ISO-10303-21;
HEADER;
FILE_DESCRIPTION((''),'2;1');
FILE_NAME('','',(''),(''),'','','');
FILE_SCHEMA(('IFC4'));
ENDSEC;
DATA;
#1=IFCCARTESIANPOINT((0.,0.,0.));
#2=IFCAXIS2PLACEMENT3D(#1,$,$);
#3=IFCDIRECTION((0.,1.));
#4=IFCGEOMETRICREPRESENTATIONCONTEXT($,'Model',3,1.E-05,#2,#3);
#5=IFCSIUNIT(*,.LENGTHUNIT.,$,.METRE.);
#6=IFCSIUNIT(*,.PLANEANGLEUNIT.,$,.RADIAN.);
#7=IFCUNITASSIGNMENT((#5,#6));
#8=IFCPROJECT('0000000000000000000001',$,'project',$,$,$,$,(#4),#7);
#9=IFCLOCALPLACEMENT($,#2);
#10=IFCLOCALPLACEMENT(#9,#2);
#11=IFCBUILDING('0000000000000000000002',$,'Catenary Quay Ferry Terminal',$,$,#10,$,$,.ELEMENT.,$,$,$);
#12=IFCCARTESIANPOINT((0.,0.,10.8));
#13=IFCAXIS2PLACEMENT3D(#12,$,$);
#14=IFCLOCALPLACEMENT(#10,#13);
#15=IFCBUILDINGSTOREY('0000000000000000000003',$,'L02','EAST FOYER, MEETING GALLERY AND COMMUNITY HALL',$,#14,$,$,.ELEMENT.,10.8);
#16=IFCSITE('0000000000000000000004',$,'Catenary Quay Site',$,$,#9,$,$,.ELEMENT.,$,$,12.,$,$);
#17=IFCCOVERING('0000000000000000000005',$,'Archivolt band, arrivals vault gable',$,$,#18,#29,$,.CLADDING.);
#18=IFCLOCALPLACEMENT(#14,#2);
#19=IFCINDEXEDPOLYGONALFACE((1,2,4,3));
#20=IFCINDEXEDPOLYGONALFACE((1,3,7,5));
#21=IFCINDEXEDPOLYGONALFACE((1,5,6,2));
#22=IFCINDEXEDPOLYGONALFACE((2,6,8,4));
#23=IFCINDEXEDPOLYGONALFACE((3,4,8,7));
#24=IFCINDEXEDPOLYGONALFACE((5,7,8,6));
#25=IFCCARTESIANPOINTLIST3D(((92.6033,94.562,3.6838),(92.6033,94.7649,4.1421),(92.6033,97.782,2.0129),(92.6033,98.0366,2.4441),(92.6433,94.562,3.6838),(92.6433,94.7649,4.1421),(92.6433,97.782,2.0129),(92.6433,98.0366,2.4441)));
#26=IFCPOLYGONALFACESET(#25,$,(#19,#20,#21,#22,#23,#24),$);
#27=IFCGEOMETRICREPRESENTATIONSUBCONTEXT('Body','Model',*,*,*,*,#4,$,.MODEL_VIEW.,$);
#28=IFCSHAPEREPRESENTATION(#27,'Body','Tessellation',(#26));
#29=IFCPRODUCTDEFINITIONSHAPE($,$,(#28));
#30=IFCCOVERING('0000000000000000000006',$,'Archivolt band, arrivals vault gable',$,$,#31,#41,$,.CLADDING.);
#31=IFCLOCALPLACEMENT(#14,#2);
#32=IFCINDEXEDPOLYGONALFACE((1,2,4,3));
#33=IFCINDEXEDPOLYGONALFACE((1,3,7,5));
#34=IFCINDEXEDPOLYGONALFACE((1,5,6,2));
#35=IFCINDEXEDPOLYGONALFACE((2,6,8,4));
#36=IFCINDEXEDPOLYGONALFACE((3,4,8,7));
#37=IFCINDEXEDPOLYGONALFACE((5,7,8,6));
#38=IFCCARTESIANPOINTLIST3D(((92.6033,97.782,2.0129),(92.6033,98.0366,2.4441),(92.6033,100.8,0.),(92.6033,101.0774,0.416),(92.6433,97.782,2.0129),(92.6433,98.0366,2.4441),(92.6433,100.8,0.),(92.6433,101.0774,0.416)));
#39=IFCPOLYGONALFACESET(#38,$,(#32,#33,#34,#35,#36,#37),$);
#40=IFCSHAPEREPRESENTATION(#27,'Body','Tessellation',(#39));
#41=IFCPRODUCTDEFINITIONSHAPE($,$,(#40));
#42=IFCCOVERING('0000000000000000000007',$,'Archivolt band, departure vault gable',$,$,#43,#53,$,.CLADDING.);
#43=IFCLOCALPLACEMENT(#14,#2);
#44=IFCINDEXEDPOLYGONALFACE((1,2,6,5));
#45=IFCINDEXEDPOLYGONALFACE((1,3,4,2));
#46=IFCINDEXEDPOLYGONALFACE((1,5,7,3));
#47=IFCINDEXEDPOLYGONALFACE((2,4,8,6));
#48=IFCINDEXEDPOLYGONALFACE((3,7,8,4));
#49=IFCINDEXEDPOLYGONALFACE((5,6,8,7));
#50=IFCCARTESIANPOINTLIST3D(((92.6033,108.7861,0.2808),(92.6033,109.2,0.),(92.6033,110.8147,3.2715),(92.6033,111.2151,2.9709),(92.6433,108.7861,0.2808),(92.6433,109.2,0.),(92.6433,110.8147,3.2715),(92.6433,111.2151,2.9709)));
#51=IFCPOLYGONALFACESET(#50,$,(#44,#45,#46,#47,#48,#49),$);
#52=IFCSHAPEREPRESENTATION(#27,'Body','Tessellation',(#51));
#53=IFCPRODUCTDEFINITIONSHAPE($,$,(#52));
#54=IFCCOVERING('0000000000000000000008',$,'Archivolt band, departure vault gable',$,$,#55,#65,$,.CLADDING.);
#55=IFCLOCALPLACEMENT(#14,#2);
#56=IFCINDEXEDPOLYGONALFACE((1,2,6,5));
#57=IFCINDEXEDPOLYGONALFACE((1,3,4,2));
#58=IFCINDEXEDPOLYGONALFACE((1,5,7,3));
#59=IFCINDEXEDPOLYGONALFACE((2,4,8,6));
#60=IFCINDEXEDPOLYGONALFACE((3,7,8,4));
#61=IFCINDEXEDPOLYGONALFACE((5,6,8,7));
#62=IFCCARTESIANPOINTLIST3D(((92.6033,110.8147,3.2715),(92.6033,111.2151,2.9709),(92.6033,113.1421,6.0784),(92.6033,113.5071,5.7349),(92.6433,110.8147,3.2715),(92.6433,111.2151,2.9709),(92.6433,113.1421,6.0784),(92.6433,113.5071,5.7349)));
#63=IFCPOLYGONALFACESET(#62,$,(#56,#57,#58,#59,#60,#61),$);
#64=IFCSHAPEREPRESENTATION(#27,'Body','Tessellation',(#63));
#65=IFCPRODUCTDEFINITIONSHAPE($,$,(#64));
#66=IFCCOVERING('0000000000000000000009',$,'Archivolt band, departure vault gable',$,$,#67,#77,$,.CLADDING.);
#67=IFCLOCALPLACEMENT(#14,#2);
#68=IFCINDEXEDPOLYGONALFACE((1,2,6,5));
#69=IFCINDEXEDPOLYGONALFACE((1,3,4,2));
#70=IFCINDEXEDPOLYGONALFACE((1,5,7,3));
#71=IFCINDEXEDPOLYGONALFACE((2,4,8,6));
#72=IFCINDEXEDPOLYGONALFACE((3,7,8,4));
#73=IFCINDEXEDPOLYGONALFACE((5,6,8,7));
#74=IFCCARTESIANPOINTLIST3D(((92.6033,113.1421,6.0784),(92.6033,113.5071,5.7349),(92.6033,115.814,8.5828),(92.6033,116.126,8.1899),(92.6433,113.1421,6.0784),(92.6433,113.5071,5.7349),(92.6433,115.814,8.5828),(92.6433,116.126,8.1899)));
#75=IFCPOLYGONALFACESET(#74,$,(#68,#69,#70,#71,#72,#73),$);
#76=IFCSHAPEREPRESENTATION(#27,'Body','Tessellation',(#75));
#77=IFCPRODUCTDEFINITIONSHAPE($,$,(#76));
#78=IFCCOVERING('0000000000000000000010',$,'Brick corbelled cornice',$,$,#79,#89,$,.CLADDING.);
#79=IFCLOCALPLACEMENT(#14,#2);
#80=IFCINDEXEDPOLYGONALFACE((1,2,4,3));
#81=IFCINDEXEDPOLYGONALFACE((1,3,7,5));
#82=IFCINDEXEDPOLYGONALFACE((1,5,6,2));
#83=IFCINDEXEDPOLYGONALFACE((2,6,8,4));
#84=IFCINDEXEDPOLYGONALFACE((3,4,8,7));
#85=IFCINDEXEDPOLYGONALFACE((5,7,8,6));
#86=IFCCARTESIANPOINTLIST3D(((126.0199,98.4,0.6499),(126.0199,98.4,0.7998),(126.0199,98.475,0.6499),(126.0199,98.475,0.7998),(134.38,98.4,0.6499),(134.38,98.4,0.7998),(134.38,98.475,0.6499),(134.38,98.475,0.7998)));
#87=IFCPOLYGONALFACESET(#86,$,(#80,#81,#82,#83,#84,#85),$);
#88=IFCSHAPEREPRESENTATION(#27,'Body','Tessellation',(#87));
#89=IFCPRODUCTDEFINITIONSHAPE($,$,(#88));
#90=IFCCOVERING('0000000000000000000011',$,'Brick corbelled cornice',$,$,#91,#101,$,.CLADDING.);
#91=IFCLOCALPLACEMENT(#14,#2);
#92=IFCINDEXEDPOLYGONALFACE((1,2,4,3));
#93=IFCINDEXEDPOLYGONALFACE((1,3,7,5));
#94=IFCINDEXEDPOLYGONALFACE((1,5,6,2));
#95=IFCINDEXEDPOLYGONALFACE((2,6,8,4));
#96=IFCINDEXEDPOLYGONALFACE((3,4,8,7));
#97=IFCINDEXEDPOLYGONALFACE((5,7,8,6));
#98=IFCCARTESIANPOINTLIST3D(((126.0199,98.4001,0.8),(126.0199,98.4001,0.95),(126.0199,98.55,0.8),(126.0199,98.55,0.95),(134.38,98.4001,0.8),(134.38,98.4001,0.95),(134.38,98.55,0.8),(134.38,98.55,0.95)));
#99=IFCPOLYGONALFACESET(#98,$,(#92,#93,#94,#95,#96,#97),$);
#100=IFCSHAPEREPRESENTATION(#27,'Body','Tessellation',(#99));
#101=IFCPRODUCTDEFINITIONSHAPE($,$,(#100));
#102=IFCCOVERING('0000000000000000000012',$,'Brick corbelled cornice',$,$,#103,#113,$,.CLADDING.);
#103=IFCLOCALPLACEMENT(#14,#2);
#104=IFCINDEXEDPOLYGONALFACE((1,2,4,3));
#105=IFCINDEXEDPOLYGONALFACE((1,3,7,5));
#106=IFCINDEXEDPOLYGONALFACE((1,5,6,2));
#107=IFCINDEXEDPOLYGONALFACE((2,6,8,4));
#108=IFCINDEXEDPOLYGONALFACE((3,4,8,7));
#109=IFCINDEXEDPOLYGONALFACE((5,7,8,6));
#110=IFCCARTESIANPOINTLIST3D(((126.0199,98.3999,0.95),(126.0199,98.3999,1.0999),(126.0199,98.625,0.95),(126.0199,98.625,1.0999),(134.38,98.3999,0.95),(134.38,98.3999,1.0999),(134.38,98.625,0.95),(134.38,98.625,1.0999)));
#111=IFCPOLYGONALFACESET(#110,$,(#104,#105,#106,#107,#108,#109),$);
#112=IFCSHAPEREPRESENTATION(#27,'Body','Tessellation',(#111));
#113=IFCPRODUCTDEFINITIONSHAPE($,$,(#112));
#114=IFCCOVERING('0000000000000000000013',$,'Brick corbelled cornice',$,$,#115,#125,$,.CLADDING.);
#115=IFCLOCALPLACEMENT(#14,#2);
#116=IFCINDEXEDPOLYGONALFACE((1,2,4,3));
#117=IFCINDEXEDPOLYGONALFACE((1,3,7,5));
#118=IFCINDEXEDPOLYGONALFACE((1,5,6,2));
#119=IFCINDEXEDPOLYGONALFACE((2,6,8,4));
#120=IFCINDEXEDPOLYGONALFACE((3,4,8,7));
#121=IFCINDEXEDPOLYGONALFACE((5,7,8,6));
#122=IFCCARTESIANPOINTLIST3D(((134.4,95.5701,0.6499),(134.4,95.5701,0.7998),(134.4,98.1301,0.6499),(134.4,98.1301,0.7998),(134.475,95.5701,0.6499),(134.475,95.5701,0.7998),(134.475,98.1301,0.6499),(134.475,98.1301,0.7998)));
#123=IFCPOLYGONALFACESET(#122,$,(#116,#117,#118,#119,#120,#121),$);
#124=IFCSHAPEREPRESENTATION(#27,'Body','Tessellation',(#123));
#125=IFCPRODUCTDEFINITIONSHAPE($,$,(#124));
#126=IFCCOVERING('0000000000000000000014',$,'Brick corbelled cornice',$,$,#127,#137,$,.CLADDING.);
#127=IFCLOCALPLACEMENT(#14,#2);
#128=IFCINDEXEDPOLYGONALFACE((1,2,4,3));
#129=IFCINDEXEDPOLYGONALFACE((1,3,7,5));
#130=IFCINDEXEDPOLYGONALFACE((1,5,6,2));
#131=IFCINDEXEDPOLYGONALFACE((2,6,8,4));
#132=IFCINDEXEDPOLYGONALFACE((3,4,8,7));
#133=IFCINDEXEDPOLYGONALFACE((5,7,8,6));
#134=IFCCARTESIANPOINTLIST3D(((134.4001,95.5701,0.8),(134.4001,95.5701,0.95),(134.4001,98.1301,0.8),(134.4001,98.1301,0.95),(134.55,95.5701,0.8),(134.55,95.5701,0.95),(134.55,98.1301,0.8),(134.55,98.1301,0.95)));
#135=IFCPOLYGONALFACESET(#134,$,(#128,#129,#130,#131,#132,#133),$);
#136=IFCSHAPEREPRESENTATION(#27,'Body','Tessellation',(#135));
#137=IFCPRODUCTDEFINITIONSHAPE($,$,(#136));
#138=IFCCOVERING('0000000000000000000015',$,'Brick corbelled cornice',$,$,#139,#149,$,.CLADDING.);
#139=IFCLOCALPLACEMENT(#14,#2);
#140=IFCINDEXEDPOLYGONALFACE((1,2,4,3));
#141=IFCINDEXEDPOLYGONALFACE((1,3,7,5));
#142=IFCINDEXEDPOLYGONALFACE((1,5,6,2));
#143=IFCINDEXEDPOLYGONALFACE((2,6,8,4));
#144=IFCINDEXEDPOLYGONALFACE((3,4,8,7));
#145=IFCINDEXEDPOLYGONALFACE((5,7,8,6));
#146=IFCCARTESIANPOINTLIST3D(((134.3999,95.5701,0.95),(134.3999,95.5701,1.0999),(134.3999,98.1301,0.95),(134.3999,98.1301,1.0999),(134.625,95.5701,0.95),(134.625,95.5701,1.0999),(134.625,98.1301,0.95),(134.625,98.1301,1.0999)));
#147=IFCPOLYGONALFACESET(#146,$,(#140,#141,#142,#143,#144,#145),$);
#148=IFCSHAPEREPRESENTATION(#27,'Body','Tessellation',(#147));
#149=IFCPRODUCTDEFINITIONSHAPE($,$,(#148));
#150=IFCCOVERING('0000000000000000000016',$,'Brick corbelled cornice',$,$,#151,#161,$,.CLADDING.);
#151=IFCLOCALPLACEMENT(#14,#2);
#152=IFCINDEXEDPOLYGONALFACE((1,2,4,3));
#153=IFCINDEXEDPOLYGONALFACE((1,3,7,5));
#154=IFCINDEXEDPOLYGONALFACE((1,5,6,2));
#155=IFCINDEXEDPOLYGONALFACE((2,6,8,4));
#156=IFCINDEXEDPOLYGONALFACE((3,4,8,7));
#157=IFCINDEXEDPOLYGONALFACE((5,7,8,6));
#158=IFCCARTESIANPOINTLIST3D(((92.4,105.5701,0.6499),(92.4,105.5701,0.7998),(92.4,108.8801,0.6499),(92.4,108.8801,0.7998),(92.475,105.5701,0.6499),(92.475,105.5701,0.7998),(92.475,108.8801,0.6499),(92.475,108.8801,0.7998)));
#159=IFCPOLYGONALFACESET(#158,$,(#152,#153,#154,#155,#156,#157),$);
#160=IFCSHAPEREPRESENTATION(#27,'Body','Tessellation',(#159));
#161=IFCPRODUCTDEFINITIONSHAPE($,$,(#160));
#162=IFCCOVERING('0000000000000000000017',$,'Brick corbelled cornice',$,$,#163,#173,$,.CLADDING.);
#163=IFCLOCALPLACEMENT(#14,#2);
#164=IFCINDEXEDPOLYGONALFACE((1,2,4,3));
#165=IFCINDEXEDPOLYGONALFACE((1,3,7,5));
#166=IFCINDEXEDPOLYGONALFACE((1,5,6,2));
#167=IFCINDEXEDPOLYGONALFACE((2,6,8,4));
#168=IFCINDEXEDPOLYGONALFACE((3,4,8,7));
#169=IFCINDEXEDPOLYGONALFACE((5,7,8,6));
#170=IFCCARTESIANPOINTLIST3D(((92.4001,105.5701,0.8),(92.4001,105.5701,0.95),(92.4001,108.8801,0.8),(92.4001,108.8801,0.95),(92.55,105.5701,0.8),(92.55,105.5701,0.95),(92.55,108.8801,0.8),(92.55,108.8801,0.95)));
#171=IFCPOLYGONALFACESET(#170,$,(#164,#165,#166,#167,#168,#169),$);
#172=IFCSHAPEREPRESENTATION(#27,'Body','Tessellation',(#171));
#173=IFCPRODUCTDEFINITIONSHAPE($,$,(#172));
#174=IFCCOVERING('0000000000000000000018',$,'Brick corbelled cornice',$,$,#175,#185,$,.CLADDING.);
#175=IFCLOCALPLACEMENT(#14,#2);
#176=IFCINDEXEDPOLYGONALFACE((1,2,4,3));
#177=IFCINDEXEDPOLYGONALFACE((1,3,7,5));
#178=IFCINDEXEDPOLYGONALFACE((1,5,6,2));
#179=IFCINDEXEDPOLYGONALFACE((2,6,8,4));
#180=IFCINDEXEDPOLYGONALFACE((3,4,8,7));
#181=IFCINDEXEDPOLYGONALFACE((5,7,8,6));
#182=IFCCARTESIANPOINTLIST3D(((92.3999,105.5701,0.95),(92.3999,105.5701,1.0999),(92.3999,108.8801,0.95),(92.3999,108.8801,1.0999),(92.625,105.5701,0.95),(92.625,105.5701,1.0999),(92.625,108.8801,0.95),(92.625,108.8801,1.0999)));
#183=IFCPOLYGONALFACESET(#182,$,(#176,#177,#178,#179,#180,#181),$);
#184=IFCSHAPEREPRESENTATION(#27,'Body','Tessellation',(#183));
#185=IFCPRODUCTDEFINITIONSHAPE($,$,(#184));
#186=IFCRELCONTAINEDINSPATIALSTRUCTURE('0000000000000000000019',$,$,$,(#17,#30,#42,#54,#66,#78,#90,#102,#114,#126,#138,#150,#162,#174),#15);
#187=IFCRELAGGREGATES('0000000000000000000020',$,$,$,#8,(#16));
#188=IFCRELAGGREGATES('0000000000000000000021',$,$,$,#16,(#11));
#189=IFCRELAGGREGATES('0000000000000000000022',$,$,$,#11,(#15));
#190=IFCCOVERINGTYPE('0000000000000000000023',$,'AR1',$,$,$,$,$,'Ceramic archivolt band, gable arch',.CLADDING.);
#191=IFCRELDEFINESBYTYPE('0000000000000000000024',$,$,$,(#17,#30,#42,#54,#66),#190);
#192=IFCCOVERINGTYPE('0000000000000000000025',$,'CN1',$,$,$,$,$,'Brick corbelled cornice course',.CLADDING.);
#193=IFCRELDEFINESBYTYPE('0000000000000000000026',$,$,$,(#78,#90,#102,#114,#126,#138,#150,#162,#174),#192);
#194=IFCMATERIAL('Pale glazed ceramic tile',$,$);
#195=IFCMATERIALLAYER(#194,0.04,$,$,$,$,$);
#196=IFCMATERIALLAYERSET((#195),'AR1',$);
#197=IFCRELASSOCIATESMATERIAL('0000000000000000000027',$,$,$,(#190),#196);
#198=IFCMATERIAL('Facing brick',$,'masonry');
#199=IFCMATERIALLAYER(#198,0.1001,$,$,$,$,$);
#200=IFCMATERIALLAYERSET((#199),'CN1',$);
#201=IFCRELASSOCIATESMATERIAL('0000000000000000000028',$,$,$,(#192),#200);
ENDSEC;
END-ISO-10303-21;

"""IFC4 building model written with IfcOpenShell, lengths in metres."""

from ifc_helpers import new_model, si_unit, direction, frame, origin, origin_2d, place, context, subcontext, project, spatial, polyline, rectangle, outline, extrude, material, layer, layer_set, type_object, element, save


model = new_model("IFC4")

# Units and contexts
model_context = context("Model", 3, precision=1e-05, world=origin(), true_north=direction((0.0, 1.0)))
body_context = subcontext(model_context, "Body", "Model", "MODEL_VIEW")
ifc_project = project(units=[si_unit("LENGTHUNIT", "METRE"), si_unit("PLANEANGLEUNIT", "RADIAN")], contexts=[model_context])

# Site, building, storey
site_placement = place(None, origin())
site = spatial("IfcSite", under=ifc_project, at=site_placement, Name="Catenary Quay Site", CompositionType="ELEMENT", RefElevation=12.0)
building_placement = place(site_placement, origin())
building = spatial("IfcBuilding", under=site, at=building_placement, Name="Catenary Quay Ferry Terminal", CompositionType="ELEMENT")
storey_placement = place(building_placement, frame((0.0, 0.0, 10.8)))
storey = spatial("IfcBuildingStorey", under=building, at=storey_placement, Name="L02", Description="EAST FOYER, MEETING GALLERY AND COMMUNITY HALL", CompositionType="ELEMENT", Elevation=10.8)

# Coverings
ifc_material_1 = material(Name="Pale glazed ceramic tile")
ifc_layer_1 = layer(ifc_material_1, 0.04)
ifc_layer_set_1 = layer_set([ifc_layer_1], Name="AR1")
covering_type_1 = type_object("IfcCoveringType", Name="AR1", ElementType="Ceramic archivolt band, gable arch", PredefinedType="CLADDING", material=ifc_layer_set_1)
covering_1_placement = place(storey_placement, frame((92.6033, 94.7649, 4.1421), z_axis=(-1.0, 0.0, 0.0), x_axis=(0.0, 0.887583, -0.460648)))
element("IfcCovering", 1, at=covering_1_placement, inside=storey, type_object=covering_type_1, Name="Archivolt band, arrivals vault gable", PredefinedType="CLADDING", context=body_context, shape_type="SweptSolid", body=[
    extrude(outline(polyline([(0.0, 0.0), (3.6861, 0.0), (3.6587, 0.5), (0.031, 0.5002), (0.0, 0.0)])), origin(), (0.0, 0.0, -1.0), 0.04),
])
covering_2_placement = place(storey_placement, frame((92.6033, 98.0366, 2.4441), z_axis=(-1.0, 0.0, 0.0), x_axis=(0.0, 0.831937, -0.55487)))
element("IfcCovering", 2, at=covering_2_placement, inside=storey, type_object=covering_type_1, Name="Archivolt band, arrivals vault gable", PredefinedType="CLADDING", context=body_context, shape_type="SweptSolid", body=[
    extrude(outline(polyline([(0.0, 0.0), (3.655, 0.0), (3.6552, 0.5), (0.0274, 0.5), (0.0, 0.0)])), origin(), (0.0, 0.0, -1.0), 0.04),
])
covering_3_placement = place(storey_placement, frame((92.6033, 108.7861, 0.2808), z_axis=(-1.0, 0.0, 0.0), x_axis=(0.0, 0.56134, 0.827586)))
element("IfcCovering", 3, at=covering_3_placement, inside=storey, type_object=covering_type_1, Name="Archivolt band, departure vault gable", PredefinedType="CLADDING", context=body_context, shape_type="SweptSolid", body=[
    extrude(outline(polyline([(0.0, 0.0), (3.6138, 0.0), (3.5898, 0.5001), (-0.0001, 0.5001), (0.0, 0.0)])), origin(), (0.0, 0.0, -1.0), 0.04),
])
covering_4_placement = place(storey_placement, frame((92.6033, 110.8147, 3.2715), z_axis=(-1.0, 0.0, 0.0), x_axis=(0.0, 0.638292, 0.769794)))
element("IfcCovering", 4, at=covering_4_placement, inside=storey, type_object=covering_type_1, Name="Archivolt band, departure vault gable", PredefinedType="CLADDING", context=body_context, shape_type="SweptSolid", body=[
    extrude(outline(polyline([(0.0, 0.0), (3.6463, 0.0), (3.6148, 0.5002), (0.0242, 0.5), (0.0, 0.0)])), origin(), (0.0, 0.0, -1.0), 0.04),
])
covering_5_placement = place(storey_placement, frame((92.6033, 113.1421, 6.0784), z_axis=(-1.0, 0.0, 0.0), x_axis=(0.0, 0.729604, 0.68387)))
element("IfcCovering", 5, at=covering_5_placement, inside=storey, type_object=covering_type_1, Name="Archivolt band, departure vault gable", PredefinedType="CLADDING", context=body_context, shape_type="SweptSolid", body=[
    extrude(outline(polyline([(0.0, 0.0), (3.6621, 0.0), (3.6211, 0.5), (0.0314, 0.5002), (0.0, 0.0)])), origin(), (0.0, 0.0, -1.0), 0.04),
])
ifc_material_2 = material(Name="Facing brick", Category="masonry")
ifc_layer_2 = layer(ifc_material_2, 0.1001)
ifc_layer_set_2 = layer_set([ifc_layer_2], Name="CN1")
covering_type_2 = type_object("IfcCoveringType", Name="CN1", ElementType="Brick corbelled cornice course", PredefinedType="CLADDING", material=ifc_layer_set_2)
covering_6_placement = place(storey_placement, frame((130.2, 98.4375, 0.6499), z_axis=(0.0, 0.0, 1.0), x_axis=(1.0, 0.0, 0.0)))
element("IfcCovering", 6, at=covering_6_placement, inside=storey, type_object=covering_type_2, Name="Brick corbelled cornice", PredefinedType="CLADDING", context=body_context, shape_type="SweptSolid", body=[
    extrude(rectangle(XDim=8.3601, YDim=0.075, at=origin_2d()), origin(), (0.0, 0.0, 1.0), 0.1499),
])
covering_7_placement = place(storey_placement, frame((130.2, 98.4751, 0.8), z_axis=(0.0, 0.0, 1.0), x_axis=(1.0, 0.0, 0.0)))
element("IfcCovering", 7, at=covering_7_placement, inside=storey, type_object=covering_type_2, Name="Brick corbelled cornice", PredefinedType="CLADDING", context=body_context, shape_type="SweptSolid", body=[
    extrude(rectangle(XDim=8.3601, YDim=0.1499, at=origin_2d()), origin(), (0.0, 0.0, 1.0), 0.1499),
])
covering_8_placement = place(storey_placement, frame((130.2, 98.5125, 0.95), z_axis=(0.0, 0.0, 1.0), x_axis=(1.0, 0.0, 0.0)))
element("IfcCovering", 8, at=covering_8_placement, inside=storey, type_object=covering_type_2, Name="Brick corbelled cornice", PredefinedType="CLADDING", context=body_context, shape_type="SweptSolid", body=[
    extrude(rectangle(XDim=8.3601, YDim=0.2251, at=origin_2d()), origin(), (0.0, 0.0, 1.0), 0.1499),
])
covering_9_placement = place(storey_placement, frame((134.4375, 96.8501, 0.6499), z_axis=(0.0, 0.0, 1.0), x_axis=(1.0, 0.0, 0.0)))
element("IfcCovering", 9, at=covering_9_placement, inside=storey, type_object=covering_type_2, Name="Brick corbelled cornice", PredefinedType="CLADDING", context=body_context, shape_type="SweptSolid", body=[
    extrude(rectangle(XDim=0.075, YDim=2.5601, at=origin_2d()), origin(), (0.0, 0.0, 1.0), 0.1499),
])
covering_10_placement = place(storey_placement, frame((134.4751, 96.8501, 0.8), z_axis=(0.0, 0.0, 1.0), x_axis=(1.0, 0.0, 0.0)))
element("IfcCovering", 10, at=covering_10_placement, inside=storey, type_object=covering_type_2, Name="Brick corbelled cornice", PredefinedType="CLADDING", context=body_context, shape_type="SweptSolid", body=[
    extrude(rectangle(XDim=0.1499, YDim=2.5601, at=origin_2d()), origin(), (0.0, 0.0, 1.0), 0.1499),
])
covering_11_placement = place(storey_placement, frame((134.5125, 96.8501, 0.95), z_axis=(0.0, 0.0, 1.0), x_axis=(1.0, 0.0, 0.0)))
element("IfcCovering", 11, at=covering_11_placement, inside=storey, type_object=covering_type_2, Name="Brick corbelled cornice", PredefinedType="CLADDING", context=body_context, shape_type="SweptSolid", body=[
    extrude(rectangle(XDim=0.2251, YDim=2.5601, at=origin_2d()), origin(), (0.0, 0.0, 1.0), 0.1499),
])
covering_12_placement = place(storey_placement, frame((92.4375, 107.2251, 0.6499), z_axis=(0.0, 0.0, 1.0), x_axis=(1.0, 0.0, 0.0)))
element("IfcCovering", 12, at=covering_12_placement, inside=storey, type_object=covering_type_2, Name="Brick corbelled cornice", PredefinedType="CLADDING", context=body_context, shape_type="SweptSolid", body=[
    extrude(rectangle(XDim=0.075, YDim=3.3101, at=origin_2d()), origin(), (0.0, 0.0, 1.0), 0.1499),
])
covering_13_placement = place(storey_placement, frame((92.4751, 107.2251, 0.8), z_axis=(0.0, 0.0, 1.0), x_axis=(1.0, 0.0, 0.0)))
element("IfcCovering", 13, at=covering_13_placement, inside=storey, type_object=covering_type_2, Name="Brick corbelled cornice", PredefinedType="CLADDING", context=body_context, shape_type="SweptSolid", body=[
    extrude(rectangle(XDim=0.1499, YDim=3.3101, at=origin_2d()), origin(), (0.0, 0.0, 1.0), 0.1499),
])
covering_14_placement = place(storey_placement, frame((92.5125, 107.2251, 0.95), z_axis=(0.0, 0.0, 1.0), x_axis=(1.0, 0.0, 0.0)))
element("IfcCovering", 14, at=covering_14_placement, inside=storey, type_object=covering_type_2, Name="Brick corbelled cornice", PredefinedType="CLADDING", context=body_context, shape_type="SweptSolid", body=[
    extrude(rectangle(XDim=0.2251, YDim=3.3101, at=origin_2d()), origin(), (0.0, 0.0, 1.0), 0.1499),
])

save(model, "model.ifc")
